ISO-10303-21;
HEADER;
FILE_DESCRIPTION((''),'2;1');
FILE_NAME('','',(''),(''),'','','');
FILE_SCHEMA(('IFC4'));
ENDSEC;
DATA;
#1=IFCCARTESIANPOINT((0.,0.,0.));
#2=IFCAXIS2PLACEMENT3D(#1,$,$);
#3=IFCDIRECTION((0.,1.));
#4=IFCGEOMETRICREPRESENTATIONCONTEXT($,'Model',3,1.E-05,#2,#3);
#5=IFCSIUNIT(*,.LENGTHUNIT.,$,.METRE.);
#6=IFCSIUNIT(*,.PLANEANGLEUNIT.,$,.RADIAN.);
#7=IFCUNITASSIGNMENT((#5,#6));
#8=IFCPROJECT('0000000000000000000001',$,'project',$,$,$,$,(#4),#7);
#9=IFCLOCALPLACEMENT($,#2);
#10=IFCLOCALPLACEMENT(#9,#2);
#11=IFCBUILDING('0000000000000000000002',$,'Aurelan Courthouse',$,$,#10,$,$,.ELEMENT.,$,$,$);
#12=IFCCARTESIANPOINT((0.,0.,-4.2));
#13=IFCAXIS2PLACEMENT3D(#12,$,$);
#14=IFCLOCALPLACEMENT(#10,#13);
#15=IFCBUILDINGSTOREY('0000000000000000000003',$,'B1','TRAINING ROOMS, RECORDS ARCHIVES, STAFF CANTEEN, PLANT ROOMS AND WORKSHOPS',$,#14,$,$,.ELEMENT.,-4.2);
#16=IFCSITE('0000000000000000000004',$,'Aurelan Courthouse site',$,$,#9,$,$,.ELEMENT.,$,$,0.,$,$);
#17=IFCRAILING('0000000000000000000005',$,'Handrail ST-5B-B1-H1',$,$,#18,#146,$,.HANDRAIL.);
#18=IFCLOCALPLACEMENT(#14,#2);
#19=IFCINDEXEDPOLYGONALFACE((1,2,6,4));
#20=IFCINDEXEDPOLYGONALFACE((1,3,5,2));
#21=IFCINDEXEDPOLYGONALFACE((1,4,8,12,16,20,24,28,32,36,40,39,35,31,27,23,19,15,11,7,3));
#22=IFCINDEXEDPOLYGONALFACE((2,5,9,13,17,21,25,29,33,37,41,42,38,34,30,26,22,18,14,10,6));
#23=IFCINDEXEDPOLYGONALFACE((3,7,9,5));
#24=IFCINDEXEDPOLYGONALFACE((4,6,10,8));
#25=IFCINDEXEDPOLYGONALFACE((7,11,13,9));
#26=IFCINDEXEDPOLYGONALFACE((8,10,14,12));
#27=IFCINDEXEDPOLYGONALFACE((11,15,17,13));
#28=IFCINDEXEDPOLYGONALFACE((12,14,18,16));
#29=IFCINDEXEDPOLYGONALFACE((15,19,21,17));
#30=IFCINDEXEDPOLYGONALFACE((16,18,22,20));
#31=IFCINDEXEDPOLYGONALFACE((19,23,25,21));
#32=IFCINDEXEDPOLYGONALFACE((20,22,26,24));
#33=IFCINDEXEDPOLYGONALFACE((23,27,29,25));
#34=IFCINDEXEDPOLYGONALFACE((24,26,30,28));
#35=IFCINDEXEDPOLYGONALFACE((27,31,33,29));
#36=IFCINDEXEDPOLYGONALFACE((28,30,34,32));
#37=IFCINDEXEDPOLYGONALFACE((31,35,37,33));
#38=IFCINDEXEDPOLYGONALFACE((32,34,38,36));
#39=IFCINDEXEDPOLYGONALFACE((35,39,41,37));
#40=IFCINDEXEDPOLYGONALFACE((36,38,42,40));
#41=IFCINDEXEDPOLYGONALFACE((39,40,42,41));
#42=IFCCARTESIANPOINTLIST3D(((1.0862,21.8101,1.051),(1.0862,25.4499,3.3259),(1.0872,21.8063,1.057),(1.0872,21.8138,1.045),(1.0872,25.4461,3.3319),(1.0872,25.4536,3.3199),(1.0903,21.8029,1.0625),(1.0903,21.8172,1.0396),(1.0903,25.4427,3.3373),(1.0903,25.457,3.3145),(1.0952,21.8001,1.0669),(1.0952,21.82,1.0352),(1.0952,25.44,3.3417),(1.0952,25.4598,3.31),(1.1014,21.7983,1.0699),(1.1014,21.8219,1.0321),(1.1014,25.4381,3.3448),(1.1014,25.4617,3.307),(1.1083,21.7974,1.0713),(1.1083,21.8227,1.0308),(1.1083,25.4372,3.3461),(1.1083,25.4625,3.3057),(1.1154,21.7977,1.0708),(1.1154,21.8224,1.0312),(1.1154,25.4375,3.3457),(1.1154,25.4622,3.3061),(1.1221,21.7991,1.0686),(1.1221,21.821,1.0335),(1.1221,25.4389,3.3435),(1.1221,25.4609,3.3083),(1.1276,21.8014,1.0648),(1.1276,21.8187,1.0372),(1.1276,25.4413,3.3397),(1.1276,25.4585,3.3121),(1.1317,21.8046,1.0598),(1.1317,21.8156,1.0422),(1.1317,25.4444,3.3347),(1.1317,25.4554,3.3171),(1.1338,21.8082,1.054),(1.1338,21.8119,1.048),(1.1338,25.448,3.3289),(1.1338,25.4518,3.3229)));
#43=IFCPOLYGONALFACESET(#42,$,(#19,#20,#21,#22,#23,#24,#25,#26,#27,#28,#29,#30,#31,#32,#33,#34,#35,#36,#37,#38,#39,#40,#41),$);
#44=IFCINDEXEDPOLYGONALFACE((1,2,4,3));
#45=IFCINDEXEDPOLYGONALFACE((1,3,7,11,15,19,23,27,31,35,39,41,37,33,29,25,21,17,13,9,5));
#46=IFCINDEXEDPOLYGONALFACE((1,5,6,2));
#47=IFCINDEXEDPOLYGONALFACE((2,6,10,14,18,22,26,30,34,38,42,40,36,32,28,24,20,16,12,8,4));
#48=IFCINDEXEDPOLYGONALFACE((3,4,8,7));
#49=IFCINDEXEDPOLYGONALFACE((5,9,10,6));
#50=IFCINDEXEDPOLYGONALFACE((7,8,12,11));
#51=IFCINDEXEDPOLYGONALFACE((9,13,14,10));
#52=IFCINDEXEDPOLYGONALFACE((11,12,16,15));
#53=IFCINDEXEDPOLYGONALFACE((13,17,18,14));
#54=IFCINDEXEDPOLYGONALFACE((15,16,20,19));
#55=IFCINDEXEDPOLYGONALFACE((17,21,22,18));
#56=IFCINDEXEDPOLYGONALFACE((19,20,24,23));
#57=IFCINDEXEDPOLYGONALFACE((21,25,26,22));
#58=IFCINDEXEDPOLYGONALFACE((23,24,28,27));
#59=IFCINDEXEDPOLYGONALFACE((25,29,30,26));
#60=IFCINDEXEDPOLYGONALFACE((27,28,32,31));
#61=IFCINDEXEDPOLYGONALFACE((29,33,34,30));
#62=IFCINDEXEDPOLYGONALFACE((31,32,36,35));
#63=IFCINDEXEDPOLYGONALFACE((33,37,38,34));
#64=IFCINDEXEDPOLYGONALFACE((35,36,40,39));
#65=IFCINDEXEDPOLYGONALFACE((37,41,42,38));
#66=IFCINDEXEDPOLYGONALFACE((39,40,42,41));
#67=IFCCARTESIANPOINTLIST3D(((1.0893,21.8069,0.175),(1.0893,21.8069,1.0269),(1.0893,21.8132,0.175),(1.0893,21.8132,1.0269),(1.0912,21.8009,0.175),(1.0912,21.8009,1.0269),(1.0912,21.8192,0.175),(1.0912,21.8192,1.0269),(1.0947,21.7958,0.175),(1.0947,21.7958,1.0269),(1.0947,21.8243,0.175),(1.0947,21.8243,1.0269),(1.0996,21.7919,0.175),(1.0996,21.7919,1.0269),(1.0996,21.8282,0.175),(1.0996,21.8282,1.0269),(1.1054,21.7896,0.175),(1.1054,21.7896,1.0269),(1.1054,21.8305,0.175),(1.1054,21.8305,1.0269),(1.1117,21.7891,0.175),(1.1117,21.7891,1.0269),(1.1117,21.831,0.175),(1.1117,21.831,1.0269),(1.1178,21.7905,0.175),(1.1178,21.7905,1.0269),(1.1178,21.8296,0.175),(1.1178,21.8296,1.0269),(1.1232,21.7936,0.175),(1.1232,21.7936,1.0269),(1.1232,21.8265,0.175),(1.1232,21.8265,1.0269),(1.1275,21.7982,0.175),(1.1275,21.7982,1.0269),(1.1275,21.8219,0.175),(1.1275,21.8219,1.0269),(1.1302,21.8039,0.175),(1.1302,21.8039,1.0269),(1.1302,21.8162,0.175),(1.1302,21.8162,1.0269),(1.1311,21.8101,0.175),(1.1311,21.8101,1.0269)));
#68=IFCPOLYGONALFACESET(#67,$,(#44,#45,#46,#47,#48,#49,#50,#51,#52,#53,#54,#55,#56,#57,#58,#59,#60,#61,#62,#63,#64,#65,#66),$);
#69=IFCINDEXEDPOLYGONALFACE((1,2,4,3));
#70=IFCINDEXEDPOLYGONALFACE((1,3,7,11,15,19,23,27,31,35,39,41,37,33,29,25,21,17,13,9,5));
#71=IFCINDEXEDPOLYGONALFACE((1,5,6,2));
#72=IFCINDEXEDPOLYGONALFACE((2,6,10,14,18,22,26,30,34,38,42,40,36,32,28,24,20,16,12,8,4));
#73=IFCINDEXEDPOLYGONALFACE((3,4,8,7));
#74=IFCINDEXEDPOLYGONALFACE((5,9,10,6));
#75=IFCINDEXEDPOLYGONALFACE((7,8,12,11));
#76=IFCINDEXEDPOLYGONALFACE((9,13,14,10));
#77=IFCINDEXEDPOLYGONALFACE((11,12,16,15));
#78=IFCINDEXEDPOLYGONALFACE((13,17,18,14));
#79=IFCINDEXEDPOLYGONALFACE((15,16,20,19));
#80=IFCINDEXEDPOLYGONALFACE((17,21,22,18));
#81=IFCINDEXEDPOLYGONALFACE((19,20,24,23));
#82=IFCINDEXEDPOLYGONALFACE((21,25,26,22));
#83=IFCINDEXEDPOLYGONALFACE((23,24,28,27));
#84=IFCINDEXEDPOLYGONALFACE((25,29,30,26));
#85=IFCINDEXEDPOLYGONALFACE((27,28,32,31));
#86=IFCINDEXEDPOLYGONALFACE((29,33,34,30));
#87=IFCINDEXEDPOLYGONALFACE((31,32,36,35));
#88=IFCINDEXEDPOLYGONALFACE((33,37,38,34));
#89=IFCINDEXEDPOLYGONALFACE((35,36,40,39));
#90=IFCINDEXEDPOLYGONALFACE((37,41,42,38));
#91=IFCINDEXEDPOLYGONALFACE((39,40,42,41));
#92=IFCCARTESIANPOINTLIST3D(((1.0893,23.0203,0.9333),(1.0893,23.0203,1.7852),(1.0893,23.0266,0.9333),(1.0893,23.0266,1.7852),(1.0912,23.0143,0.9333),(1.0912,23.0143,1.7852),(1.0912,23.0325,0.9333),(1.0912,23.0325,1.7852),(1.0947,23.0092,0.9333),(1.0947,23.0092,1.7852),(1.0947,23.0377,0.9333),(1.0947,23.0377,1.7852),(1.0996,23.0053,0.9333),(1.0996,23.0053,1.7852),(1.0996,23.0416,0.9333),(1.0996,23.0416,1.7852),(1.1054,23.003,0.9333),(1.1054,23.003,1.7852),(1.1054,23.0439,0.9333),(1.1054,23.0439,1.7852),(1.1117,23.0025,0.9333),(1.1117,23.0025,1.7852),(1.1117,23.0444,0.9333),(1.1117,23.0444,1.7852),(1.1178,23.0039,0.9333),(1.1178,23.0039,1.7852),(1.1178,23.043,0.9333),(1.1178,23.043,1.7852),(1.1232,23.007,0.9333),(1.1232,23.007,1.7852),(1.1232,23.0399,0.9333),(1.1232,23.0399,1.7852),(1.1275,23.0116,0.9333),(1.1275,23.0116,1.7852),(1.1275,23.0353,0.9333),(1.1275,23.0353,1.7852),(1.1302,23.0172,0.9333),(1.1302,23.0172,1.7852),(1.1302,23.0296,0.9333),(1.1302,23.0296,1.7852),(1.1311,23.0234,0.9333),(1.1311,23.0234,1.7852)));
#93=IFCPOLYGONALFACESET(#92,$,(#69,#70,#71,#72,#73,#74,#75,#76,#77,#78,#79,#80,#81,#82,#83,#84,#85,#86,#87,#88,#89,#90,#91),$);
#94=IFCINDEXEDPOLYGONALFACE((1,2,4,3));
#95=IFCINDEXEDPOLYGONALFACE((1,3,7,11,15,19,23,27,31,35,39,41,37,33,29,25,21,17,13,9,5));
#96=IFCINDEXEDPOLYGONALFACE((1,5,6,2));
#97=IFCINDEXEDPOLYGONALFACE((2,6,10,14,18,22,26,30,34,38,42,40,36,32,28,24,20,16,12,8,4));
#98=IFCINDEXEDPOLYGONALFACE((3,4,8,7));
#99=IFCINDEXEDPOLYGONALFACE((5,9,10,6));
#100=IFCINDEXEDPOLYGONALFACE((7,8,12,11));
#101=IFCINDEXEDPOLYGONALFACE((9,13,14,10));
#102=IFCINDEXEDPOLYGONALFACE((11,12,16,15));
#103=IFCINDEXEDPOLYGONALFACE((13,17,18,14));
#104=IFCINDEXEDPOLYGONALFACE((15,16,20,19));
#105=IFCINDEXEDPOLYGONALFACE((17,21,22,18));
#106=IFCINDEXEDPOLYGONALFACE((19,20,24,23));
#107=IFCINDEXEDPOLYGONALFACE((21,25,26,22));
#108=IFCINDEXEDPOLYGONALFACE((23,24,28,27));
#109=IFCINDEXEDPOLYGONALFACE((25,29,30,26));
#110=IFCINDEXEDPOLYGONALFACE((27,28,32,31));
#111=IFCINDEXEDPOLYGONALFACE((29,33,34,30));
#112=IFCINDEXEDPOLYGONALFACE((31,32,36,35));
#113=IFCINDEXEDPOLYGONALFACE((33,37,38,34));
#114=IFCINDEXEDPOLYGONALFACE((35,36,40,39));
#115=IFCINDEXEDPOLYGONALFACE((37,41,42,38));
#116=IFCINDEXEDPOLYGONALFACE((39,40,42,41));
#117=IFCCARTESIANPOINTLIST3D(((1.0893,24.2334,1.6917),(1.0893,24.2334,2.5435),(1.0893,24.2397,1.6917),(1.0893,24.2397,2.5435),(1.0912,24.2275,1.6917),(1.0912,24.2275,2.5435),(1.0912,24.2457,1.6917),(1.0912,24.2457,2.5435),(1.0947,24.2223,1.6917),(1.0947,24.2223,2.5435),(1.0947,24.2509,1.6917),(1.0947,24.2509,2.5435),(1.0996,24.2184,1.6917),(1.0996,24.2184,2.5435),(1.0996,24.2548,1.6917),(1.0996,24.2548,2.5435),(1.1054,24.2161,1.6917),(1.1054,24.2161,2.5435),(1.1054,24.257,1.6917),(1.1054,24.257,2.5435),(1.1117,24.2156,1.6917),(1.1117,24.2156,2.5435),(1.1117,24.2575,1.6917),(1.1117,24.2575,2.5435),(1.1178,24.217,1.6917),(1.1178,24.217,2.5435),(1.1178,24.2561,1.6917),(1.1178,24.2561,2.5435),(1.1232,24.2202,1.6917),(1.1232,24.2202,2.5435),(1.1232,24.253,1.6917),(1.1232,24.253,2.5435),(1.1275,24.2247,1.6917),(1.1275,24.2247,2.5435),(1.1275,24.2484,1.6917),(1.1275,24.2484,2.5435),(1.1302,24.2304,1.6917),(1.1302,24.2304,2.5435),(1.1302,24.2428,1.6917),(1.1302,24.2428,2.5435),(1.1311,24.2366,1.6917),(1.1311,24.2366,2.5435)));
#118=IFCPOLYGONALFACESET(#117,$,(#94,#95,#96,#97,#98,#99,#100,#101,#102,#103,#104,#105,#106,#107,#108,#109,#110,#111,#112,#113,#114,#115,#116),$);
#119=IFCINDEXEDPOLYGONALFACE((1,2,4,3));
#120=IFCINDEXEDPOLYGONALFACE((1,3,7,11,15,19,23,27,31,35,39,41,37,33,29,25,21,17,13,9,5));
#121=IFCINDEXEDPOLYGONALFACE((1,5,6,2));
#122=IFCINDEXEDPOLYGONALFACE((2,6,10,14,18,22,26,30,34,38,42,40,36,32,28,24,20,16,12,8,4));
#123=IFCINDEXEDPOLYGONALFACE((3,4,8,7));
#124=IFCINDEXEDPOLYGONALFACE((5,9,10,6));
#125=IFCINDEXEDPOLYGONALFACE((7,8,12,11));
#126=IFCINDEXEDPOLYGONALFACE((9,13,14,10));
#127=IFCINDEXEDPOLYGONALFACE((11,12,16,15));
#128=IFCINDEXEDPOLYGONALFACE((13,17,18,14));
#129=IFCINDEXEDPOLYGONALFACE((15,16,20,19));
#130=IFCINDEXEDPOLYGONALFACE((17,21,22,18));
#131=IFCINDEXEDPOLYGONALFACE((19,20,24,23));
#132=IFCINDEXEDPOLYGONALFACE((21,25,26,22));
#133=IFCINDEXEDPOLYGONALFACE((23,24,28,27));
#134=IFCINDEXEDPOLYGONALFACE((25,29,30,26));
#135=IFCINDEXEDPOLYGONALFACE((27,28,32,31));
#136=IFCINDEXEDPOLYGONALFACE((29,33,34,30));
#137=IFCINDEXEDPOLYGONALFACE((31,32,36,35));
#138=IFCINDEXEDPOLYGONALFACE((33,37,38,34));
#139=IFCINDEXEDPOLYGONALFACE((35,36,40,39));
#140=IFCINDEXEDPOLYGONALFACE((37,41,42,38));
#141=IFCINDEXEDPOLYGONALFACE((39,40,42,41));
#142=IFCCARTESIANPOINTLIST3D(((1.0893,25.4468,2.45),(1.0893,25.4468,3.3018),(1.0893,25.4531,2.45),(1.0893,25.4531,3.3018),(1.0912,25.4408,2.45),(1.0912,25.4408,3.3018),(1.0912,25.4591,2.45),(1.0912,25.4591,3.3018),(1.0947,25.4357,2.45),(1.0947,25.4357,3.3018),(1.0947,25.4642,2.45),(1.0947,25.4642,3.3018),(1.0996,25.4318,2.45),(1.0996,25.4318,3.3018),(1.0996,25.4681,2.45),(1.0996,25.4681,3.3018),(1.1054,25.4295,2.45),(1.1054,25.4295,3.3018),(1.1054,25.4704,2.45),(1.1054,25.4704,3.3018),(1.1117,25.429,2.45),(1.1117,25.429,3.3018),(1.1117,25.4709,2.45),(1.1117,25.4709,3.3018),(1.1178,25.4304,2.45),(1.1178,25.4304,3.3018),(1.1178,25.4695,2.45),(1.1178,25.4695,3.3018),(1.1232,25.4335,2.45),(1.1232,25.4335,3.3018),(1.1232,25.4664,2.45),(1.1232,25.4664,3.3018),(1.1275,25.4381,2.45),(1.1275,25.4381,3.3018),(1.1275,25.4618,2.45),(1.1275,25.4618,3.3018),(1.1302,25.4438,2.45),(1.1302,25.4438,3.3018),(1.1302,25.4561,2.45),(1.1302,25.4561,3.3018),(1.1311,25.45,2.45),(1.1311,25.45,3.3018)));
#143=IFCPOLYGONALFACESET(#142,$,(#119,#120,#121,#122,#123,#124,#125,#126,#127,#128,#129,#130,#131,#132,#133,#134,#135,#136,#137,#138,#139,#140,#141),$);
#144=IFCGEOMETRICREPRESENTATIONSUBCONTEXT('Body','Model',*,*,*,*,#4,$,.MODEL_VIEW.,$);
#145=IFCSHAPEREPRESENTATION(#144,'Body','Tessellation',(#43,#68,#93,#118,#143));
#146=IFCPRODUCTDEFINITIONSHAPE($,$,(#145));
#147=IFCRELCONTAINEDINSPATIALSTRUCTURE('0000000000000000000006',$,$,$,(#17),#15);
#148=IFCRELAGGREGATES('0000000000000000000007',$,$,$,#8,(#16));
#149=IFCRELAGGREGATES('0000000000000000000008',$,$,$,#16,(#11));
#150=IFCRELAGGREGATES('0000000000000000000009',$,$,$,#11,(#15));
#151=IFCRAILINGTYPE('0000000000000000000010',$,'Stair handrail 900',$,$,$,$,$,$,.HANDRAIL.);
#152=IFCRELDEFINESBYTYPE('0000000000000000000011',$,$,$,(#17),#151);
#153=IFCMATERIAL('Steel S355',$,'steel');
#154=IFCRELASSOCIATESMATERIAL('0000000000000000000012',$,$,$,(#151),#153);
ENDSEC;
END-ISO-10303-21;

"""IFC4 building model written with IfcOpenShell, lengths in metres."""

from ifc_helpers import new_model, si_unit, direction, frame, origin, origin_2d, place, context, subcontext, project, spatial, circle, extrude, material, type_object, element, save


model = new_model("IFC4")

# Units and contexts
model_context = context("Model", 3, precision=1e-05, world=origin(), true_north=direction((0.0, 1.0)))
body_context = subcontext(model_context, "Body", "Model", "MODEL_VIEW")
ifc_project = project(units=[si_unit("LENGTHUNIT", "METRE"), si_unit("PLANEANGLEUNIT", "RADIAN")], contexts=[model_context])

# Site, building, storey
site_placement = place(None, origin())
site = spatial("IfcSite", under=ifc_project, at=site_placement, Name="Aurelan Courthouse site", CompositionType="ELEMENT", RefElevation=0.0)
building_placement = place(site_placement, origin())
building = spatial("IfcBuilding", under=site, at=building_placement, Name="Aurelan Courthouse", CompositionType="ELEMENT")
storey_placement = place(building_placement, frame((0.0, 0.0, -4.2)))
storey = spatial("IfcBuildingStorey", under=building, at=storey_placement, Name="B1", Description="TRAINING ROOMS, RECORDS ARCHIVES, STAFF CANTEEN, PLANT ROOMS AND WORKSHOPS", CompositionType="ELEMENT", Elevation=-4.2)

# Railing
ifc_material_1 = material(Name="Steel S355", Category="steel")
railing_type = type_object("IfcRailingType", Name="Stair handrail 900", PredefinedType="HANDRAIL", material=ifc_material_1)
for number, where, name in (
    (1, (1.1101, 21.8101, 0.175), "Handrail ST-5B-B1-H1"),
):
    element("IfcRailing", number, at=place(storey_placement, frame(where)), inside=storey, type_object=railing_type, Name=name, PredefinedType="HANDRAIL", context=body_context, shape_type="SweptSolid", body=[
        extrude(circle(Radius=0.0239, at=origin_2d()), frame((0.0, 0.0, 0.876), z_axis=(0.0, 0.848001, 0.529994), x_axis=(-1.0, 0.0, 0.0)), (0.0, 0.0, 1.0), 4.2922),
        extrude(circle(Radius=0.021, at=origin_2d()), origin(), (0.0, 0.0, 1.0), 0.8518),
        extrude(circle(Radius=0.021, at=origin_2d()), frame((0.0, 1.2134, 0.7583)), (0.0, 0.0, 1.0), 0.8518),
        extrude(circle(Radius=0.021, at=origin_2d()), frame((0.0, 2.4265, 1.5166)), (0.0, 0.0, 1.0), 0.8518),
        extrude(circle(Radius=0.021, at=origin_2d()), frame((0.0, 3.6399, 2.2749)), (0.0, 0.0, 1.0), 0.8518),
    ])

save(model, "model.ifc")
